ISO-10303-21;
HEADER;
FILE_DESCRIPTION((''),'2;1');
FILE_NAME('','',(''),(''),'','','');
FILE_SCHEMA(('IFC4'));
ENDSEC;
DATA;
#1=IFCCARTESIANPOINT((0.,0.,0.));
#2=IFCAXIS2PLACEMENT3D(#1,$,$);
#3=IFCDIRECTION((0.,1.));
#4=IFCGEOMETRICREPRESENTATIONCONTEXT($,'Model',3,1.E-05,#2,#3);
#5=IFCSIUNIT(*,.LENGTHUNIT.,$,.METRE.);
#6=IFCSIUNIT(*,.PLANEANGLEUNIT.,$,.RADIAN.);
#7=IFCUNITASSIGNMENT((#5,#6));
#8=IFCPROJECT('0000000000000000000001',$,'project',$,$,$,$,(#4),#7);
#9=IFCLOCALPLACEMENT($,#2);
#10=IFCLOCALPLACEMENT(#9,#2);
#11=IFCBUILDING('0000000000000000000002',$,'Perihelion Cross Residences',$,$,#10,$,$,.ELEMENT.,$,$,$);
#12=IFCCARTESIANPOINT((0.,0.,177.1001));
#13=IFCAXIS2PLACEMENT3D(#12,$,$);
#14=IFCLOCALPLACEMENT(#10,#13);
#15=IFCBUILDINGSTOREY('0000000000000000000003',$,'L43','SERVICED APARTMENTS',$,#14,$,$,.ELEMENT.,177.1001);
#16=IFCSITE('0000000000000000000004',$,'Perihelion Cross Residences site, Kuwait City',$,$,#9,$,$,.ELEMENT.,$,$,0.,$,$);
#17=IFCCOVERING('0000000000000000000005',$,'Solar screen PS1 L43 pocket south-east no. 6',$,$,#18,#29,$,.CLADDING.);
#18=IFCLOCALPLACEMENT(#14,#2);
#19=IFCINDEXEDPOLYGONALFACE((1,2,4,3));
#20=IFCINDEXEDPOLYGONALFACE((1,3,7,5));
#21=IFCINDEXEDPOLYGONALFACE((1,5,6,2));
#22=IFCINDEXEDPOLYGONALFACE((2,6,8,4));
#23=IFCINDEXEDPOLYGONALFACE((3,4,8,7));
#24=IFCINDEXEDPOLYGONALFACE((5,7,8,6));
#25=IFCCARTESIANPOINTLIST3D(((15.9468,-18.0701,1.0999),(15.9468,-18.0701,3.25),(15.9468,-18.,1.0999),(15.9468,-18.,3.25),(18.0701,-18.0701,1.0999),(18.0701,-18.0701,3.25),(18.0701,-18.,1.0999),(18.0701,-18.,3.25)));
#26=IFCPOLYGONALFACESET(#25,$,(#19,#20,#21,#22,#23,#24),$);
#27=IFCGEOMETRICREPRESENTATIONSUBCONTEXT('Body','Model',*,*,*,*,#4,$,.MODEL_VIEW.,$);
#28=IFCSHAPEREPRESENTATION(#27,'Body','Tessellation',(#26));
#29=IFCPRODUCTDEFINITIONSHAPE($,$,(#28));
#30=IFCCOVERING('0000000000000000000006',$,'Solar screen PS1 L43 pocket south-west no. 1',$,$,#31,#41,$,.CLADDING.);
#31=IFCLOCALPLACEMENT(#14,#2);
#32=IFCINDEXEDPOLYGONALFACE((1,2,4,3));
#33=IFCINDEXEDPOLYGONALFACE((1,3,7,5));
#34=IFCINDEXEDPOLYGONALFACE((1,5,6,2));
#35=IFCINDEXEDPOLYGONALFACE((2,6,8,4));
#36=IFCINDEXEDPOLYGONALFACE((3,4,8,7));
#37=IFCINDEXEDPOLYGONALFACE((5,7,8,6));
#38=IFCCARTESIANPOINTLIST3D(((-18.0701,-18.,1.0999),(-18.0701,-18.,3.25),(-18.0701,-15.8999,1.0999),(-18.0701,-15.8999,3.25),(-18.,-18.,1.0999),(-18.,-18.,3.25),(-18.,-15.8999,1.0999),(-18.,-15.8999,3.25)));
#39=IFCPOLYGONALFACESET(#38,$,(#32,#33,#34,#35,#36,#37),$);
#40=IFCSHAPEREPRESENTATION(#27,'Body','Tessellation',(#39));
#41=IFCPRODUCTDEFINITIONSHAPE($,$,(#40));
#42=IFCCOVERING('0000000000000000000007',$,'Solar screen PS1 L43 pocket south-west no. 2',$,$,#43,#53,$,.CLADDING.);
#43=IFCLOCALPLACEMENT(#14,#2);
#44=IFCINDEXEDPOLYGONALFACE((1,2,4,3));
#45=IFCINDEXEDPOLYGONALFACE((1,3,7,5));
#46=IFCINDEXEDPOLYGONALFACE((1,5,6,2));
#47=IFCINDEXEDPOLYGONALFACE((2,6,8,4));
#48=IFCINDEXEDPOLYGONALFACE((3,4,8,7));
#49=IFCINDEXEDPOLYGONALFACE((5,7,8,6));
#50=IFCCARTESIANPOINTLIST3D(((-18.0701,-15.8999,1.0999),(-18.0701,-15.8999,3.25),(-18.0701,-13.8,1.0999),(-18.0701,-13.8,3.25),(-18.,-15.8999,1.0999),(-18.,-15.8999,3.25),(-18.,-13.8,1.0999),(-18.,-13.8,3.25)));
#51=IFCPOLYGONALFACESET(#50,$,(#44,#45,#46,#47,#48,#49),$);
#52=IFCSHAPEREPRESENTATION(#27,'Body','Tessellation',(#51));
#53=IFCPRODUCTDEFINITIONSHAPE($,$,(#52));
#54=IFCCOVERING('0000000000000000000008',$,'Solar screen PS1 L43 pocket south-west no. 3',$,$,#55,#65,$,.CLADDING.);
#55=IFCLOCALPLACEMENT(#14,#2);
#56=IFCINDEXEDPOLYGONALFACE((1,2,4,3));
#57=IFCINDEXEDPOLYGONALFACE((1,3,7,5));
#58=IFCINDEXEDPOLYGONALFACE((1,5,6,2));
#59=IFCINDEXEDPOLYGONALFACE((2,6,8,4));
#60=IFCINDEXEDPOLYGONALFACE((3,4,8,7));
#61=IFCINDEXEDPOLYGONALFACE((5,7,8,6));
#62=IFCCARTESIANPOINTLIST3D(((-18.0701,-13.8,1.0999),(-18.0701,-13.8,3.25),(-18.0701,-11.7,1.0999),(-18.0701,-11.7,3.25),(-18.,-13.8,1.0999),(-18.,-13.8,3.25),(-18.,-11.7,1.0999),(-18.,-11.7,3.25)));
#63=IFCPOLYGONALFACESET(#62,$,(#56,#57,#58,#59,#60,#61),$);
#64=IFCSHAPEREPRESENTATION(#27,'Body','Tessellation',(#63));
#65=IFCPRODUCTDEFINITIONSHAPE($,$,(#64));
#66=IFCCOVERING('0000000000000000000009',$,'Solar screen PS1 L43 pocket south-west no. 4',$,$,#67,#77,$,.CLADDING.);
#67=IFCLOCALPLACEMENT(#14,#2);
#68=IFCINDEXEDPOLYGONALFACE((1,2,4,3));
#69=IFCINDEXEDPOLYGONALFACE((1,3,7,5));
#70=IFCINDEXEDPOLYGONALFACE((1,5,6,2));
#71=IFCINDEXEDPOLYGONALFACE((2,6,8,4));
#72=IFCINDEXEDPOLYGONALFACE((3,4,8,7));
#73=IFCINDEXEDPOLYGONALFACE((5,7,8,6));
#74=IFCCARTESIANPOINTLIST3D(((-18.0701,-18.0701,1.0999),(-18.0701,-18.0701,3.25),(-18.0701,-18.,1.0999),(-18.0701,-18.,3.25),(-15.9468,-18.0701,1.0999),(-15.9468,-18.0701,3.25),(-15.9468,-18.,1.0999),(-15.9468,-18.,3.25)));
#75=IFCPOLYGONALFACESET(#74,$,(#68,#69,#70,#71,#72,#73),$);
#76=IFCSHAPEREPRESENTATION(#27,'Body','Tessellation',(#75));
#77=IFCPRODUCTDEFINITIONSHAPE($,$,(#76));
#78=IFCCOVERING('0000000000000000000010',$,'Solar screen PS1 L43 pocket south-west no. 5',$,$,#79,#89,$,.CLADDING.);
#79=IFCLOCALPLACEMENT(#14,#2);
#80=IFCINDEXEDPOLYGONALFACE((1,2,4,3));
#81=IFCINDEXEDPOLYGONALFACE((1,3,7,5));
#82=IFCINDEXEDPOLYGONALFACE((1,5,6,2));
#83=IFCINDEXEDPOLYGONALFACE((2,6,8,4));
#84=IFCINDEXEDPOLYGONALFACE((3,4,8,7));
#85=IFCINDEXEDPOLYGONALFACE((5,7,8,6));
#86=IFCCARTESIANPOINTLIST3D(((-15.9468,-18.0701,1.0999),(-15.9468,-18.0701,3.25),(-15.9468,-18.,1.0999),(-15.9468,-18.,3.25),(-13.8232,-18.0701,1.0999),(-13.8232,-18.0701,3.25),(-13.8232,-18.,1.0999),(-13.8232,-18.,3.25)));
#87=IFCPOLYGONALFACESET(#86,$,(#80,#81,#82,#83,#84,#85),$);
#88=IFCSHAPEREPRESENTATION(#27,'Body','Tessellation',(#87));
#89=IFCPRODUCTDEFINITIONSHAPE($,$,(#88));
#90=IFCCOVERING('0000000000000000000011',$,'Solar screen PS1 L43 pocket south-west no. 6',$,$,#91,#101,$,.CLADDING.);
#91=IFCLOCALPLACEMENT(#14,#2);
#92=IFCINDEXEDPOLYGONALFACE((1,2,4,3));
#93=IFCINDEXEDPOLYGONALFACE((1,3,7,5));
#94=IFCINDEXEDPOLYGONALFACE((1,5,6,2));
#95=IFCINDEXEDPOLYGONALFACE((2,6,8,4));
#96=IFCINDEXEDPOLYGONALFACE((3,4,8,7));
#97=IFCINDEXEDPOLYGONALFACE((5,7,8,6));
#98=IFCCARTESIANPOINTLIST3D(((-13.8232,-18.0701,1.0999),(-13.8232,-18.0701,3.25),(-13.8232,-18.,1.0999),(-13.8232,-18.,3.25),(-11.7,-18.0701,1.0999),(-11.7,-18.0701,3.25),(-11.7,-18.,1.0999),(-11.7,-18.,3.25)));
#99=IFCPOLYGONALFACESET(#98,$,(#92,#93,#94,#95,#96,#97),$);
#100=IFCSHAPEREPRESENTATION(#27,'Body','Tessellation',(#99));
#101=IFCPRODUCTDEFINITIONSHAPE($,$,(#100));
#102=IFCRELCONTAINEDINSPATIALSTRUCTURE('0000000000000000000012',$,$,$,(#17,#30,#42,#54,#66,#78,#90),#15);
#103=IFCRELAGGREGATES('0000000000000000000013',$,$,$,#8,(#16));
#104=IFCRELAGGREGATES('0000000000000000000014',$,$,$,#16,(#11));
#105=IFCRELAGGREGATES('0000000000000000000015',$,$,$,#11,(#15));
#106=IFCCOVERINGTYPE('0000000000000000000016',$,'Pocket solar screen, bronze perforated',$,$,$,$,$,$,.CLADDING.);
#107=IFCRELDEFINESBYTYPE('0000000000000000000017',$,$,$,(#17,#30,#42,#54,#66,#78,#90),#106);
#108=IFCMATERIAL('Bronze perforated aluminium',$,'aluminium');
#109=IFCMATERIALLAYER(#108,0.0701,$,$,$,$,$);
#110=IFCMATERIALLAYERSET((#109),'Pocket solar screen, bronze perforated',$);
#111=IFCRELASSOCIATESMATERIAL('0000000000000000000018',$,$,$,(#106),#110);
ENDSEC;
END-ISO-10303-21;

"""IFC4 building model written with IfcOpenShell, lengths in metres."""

from ifc_helpers import new_model, si_unit, direction, frame, origin, place, context, subcontext, project, spatial, polyline, outline, extrude, material, layer, layer_set, type_object, element, save


model = new_model("IFC4")

# Units and contexts
model_context = context("Model", 3, precision=1e-05, world=origin(), true_north=direction((0.0, 1.0)))
body_context = subcontext(model_context, "Body", "Model", "MODEL_VIEW")
ifc_project = project(units=[si_unit("LENGTHUNIT", "METRE"), si_unit("PLANEANGLEUNIT", "RADIAN")], contexts=[model_context])

# Site, building, storey
site_placement = place(None, origin())
site = spatial("IfcSite", under=ifc_project, at=site_placement, Name="Perihelion Cross Residences site, Kuwait City", CompositionType="ELEMENT", RefElevation=0.0)
building_placement = place(site_placement, origin())
building = spatial("IfcBuilding", under=site, at=building_placement, Name="Perihelion Cross Residences", CompositionType="ELEMENT")
storey_placement = place(building_placement, frame((0.0, 0.0, 177.1001)))
storey = spatial("IfcBuildingStorey", under=building, at=storey_placement, Name="L43", Description="SERVICED APARTMENTS", CompositionType="ELEMENT", Elevation=177.1001)

# Coverings
ifc_material_1 = material(Name="Bronze perforated aluminium", Category="aluminium")
ifc_layer_1 = layer(ifc_material_1, 0.0701)
ifc_layer_set_1 = layer_set([ifc_layer_1], Name="Pocket solar screen, bronze perforated")
covering_type_1 = type_object("IfcCoveringType", Name="Pocket solar screen, bronze perforated", PredefinedType="CLADDING", material=ifc_layer_set_1)
covering_1_placement = place(storey_placement, frame((0.0, 0.0, 1.0999)))
element("IfcCovering", 1, at=covering_1_placement, inside=storey, type_object=covering_type_1, Name="Solar screen PS1 L43 pocket south-east no. 6", PredefinedType="CLADDING", context=body_context, shape_type="SweptSolid", body=[
    extrude(outline(polyline([(18.0701, -18.0701), (18.0701, -18.0), (15.9468, -18.0), (15.9468, -18.0701), (18.0701, -18.0701)])), origin(), (0.0, 0.0, 1.0), 2.1501),
])
covering_2_placement = place(storey_placement, frame((0.0, 0.0, 1.0999)))
element("IfcCovering", 2, at=covering_2_placement, inside=storey, type_object=covering_type_1, Name="Solar screen PS1 L43 pocket south-west no. 1", PredefinedType="CLADDING", context=body_context, shape_type="SweptSolid", body=[
    extrude(outline(polyline([(-18.0, -18.0), (-18.0, -15.8999), (-18.0701, -15.8999), (-18.0701, -18.0), (-18.0, -18.0)])), origin(), (0.0, 0.0, 1.0), 2.1501),
])
covering_3_placement = place(storey_placement, frame((0.0, 0.0, 1.0999)))
element("IfcCovering", 3, at=covering_3_placement, inside=storey, type_object=covering_type_1, Name="Solar screen PS1 L43 pocket south-west no. 2", PredefinedType="CLADDING", context=body_context, shape_type="SweptSolid", body=[
    extrude(outline(polyline([(-18.0, -15.8999), (-18.0, -13.8), (-18.0701, -13.8), (-18.0701, -15.8999), (-18.0, -15.8999)])), origin(), (0.0, 0.0, 1.0), 2.1501),
])
covering_4_placement = place(storey_placement, frame((0.0, 0.0, 1.0999)))
element("IfcCovering", 4, at=covering_4_placement, inside=storey, type_object=covering_type_1, Name="Solar screen PS1 L43 pocket south-west no. 3", PredefinedType="CLADDING", context=body_context, shape_type="SweptSolid", body=[
    extrude(outline(polyline([(-18.0, -13.8), (-18.0, -11.7), (-18.0701, -11.7), (-18.0701, -13.8), (-18.0, -13.8)])), origin(), (0.0, 0.0, 1.0), 2.1501),
])
covering_5_placement = place(storey_placement, frame((0.0, 0.0, 1.0999)))
element("IfcCovering", 5, at=covering_5_placement, inside=storey, type_object=covering_type_1, Name="Solar screen PS1 L43 pocket south-west no. 4", PredefinedType="CLADDING", context=body_context, shape_type="SweptSolid", body=[
    extrude(outline(polyline([(-15.9468, -18.0701), (-15.9468, -18.0), (-18.0701, -18.0), (-18.0701, -18.0701), (-15.9468, -18.0701)])), origin(), (0.0, 0.0, 1.0), 2.1501),
])
covering_6_placement = place(storey_placement, frame((0.0, 0.0, 1.0999)))
element("IfcCovering", 6, at=covering_6_placement, inside=storey, type_object=covering_type_1, Name="Solar screen PS1 L43 pocket south-west no. 5", PredefinedType="CLADDING", context=body_context, shape_type="SweptSolid", body=[
    extrude(outline(polyline([(-13.8232, -18.0701), (-13.8232, -18.0), (-15.9468, -18.0), (-15.9468, -18.0701), (-13.8232, -18.0701)])), origin(), (0.0, 0.0, 1.0), 2.1501),
])
covering_7_placement = place(storey_placement, frame((0.0, 0.0, 1.0999)))
element("IfcCovering", 7, at=covering_7_placement, inside=storey, type_object=covering_type_1, Name="Solar screen PS1 L43 pocket south-west no. 6", PredefinedType="CLADDING", context=body_context, shape_type="SweptSolid", body=[
    extrude(outline(polyline([(-11.7, -18.0701), (-11.7, -18.0), (-13.8232, -18.0), (-13.8232, -18.0701), (-11.7, -18.0701)])), origin(), (0.0, 0.0, 1.0), 2.1501),
])

save(model, "model.ifc")
